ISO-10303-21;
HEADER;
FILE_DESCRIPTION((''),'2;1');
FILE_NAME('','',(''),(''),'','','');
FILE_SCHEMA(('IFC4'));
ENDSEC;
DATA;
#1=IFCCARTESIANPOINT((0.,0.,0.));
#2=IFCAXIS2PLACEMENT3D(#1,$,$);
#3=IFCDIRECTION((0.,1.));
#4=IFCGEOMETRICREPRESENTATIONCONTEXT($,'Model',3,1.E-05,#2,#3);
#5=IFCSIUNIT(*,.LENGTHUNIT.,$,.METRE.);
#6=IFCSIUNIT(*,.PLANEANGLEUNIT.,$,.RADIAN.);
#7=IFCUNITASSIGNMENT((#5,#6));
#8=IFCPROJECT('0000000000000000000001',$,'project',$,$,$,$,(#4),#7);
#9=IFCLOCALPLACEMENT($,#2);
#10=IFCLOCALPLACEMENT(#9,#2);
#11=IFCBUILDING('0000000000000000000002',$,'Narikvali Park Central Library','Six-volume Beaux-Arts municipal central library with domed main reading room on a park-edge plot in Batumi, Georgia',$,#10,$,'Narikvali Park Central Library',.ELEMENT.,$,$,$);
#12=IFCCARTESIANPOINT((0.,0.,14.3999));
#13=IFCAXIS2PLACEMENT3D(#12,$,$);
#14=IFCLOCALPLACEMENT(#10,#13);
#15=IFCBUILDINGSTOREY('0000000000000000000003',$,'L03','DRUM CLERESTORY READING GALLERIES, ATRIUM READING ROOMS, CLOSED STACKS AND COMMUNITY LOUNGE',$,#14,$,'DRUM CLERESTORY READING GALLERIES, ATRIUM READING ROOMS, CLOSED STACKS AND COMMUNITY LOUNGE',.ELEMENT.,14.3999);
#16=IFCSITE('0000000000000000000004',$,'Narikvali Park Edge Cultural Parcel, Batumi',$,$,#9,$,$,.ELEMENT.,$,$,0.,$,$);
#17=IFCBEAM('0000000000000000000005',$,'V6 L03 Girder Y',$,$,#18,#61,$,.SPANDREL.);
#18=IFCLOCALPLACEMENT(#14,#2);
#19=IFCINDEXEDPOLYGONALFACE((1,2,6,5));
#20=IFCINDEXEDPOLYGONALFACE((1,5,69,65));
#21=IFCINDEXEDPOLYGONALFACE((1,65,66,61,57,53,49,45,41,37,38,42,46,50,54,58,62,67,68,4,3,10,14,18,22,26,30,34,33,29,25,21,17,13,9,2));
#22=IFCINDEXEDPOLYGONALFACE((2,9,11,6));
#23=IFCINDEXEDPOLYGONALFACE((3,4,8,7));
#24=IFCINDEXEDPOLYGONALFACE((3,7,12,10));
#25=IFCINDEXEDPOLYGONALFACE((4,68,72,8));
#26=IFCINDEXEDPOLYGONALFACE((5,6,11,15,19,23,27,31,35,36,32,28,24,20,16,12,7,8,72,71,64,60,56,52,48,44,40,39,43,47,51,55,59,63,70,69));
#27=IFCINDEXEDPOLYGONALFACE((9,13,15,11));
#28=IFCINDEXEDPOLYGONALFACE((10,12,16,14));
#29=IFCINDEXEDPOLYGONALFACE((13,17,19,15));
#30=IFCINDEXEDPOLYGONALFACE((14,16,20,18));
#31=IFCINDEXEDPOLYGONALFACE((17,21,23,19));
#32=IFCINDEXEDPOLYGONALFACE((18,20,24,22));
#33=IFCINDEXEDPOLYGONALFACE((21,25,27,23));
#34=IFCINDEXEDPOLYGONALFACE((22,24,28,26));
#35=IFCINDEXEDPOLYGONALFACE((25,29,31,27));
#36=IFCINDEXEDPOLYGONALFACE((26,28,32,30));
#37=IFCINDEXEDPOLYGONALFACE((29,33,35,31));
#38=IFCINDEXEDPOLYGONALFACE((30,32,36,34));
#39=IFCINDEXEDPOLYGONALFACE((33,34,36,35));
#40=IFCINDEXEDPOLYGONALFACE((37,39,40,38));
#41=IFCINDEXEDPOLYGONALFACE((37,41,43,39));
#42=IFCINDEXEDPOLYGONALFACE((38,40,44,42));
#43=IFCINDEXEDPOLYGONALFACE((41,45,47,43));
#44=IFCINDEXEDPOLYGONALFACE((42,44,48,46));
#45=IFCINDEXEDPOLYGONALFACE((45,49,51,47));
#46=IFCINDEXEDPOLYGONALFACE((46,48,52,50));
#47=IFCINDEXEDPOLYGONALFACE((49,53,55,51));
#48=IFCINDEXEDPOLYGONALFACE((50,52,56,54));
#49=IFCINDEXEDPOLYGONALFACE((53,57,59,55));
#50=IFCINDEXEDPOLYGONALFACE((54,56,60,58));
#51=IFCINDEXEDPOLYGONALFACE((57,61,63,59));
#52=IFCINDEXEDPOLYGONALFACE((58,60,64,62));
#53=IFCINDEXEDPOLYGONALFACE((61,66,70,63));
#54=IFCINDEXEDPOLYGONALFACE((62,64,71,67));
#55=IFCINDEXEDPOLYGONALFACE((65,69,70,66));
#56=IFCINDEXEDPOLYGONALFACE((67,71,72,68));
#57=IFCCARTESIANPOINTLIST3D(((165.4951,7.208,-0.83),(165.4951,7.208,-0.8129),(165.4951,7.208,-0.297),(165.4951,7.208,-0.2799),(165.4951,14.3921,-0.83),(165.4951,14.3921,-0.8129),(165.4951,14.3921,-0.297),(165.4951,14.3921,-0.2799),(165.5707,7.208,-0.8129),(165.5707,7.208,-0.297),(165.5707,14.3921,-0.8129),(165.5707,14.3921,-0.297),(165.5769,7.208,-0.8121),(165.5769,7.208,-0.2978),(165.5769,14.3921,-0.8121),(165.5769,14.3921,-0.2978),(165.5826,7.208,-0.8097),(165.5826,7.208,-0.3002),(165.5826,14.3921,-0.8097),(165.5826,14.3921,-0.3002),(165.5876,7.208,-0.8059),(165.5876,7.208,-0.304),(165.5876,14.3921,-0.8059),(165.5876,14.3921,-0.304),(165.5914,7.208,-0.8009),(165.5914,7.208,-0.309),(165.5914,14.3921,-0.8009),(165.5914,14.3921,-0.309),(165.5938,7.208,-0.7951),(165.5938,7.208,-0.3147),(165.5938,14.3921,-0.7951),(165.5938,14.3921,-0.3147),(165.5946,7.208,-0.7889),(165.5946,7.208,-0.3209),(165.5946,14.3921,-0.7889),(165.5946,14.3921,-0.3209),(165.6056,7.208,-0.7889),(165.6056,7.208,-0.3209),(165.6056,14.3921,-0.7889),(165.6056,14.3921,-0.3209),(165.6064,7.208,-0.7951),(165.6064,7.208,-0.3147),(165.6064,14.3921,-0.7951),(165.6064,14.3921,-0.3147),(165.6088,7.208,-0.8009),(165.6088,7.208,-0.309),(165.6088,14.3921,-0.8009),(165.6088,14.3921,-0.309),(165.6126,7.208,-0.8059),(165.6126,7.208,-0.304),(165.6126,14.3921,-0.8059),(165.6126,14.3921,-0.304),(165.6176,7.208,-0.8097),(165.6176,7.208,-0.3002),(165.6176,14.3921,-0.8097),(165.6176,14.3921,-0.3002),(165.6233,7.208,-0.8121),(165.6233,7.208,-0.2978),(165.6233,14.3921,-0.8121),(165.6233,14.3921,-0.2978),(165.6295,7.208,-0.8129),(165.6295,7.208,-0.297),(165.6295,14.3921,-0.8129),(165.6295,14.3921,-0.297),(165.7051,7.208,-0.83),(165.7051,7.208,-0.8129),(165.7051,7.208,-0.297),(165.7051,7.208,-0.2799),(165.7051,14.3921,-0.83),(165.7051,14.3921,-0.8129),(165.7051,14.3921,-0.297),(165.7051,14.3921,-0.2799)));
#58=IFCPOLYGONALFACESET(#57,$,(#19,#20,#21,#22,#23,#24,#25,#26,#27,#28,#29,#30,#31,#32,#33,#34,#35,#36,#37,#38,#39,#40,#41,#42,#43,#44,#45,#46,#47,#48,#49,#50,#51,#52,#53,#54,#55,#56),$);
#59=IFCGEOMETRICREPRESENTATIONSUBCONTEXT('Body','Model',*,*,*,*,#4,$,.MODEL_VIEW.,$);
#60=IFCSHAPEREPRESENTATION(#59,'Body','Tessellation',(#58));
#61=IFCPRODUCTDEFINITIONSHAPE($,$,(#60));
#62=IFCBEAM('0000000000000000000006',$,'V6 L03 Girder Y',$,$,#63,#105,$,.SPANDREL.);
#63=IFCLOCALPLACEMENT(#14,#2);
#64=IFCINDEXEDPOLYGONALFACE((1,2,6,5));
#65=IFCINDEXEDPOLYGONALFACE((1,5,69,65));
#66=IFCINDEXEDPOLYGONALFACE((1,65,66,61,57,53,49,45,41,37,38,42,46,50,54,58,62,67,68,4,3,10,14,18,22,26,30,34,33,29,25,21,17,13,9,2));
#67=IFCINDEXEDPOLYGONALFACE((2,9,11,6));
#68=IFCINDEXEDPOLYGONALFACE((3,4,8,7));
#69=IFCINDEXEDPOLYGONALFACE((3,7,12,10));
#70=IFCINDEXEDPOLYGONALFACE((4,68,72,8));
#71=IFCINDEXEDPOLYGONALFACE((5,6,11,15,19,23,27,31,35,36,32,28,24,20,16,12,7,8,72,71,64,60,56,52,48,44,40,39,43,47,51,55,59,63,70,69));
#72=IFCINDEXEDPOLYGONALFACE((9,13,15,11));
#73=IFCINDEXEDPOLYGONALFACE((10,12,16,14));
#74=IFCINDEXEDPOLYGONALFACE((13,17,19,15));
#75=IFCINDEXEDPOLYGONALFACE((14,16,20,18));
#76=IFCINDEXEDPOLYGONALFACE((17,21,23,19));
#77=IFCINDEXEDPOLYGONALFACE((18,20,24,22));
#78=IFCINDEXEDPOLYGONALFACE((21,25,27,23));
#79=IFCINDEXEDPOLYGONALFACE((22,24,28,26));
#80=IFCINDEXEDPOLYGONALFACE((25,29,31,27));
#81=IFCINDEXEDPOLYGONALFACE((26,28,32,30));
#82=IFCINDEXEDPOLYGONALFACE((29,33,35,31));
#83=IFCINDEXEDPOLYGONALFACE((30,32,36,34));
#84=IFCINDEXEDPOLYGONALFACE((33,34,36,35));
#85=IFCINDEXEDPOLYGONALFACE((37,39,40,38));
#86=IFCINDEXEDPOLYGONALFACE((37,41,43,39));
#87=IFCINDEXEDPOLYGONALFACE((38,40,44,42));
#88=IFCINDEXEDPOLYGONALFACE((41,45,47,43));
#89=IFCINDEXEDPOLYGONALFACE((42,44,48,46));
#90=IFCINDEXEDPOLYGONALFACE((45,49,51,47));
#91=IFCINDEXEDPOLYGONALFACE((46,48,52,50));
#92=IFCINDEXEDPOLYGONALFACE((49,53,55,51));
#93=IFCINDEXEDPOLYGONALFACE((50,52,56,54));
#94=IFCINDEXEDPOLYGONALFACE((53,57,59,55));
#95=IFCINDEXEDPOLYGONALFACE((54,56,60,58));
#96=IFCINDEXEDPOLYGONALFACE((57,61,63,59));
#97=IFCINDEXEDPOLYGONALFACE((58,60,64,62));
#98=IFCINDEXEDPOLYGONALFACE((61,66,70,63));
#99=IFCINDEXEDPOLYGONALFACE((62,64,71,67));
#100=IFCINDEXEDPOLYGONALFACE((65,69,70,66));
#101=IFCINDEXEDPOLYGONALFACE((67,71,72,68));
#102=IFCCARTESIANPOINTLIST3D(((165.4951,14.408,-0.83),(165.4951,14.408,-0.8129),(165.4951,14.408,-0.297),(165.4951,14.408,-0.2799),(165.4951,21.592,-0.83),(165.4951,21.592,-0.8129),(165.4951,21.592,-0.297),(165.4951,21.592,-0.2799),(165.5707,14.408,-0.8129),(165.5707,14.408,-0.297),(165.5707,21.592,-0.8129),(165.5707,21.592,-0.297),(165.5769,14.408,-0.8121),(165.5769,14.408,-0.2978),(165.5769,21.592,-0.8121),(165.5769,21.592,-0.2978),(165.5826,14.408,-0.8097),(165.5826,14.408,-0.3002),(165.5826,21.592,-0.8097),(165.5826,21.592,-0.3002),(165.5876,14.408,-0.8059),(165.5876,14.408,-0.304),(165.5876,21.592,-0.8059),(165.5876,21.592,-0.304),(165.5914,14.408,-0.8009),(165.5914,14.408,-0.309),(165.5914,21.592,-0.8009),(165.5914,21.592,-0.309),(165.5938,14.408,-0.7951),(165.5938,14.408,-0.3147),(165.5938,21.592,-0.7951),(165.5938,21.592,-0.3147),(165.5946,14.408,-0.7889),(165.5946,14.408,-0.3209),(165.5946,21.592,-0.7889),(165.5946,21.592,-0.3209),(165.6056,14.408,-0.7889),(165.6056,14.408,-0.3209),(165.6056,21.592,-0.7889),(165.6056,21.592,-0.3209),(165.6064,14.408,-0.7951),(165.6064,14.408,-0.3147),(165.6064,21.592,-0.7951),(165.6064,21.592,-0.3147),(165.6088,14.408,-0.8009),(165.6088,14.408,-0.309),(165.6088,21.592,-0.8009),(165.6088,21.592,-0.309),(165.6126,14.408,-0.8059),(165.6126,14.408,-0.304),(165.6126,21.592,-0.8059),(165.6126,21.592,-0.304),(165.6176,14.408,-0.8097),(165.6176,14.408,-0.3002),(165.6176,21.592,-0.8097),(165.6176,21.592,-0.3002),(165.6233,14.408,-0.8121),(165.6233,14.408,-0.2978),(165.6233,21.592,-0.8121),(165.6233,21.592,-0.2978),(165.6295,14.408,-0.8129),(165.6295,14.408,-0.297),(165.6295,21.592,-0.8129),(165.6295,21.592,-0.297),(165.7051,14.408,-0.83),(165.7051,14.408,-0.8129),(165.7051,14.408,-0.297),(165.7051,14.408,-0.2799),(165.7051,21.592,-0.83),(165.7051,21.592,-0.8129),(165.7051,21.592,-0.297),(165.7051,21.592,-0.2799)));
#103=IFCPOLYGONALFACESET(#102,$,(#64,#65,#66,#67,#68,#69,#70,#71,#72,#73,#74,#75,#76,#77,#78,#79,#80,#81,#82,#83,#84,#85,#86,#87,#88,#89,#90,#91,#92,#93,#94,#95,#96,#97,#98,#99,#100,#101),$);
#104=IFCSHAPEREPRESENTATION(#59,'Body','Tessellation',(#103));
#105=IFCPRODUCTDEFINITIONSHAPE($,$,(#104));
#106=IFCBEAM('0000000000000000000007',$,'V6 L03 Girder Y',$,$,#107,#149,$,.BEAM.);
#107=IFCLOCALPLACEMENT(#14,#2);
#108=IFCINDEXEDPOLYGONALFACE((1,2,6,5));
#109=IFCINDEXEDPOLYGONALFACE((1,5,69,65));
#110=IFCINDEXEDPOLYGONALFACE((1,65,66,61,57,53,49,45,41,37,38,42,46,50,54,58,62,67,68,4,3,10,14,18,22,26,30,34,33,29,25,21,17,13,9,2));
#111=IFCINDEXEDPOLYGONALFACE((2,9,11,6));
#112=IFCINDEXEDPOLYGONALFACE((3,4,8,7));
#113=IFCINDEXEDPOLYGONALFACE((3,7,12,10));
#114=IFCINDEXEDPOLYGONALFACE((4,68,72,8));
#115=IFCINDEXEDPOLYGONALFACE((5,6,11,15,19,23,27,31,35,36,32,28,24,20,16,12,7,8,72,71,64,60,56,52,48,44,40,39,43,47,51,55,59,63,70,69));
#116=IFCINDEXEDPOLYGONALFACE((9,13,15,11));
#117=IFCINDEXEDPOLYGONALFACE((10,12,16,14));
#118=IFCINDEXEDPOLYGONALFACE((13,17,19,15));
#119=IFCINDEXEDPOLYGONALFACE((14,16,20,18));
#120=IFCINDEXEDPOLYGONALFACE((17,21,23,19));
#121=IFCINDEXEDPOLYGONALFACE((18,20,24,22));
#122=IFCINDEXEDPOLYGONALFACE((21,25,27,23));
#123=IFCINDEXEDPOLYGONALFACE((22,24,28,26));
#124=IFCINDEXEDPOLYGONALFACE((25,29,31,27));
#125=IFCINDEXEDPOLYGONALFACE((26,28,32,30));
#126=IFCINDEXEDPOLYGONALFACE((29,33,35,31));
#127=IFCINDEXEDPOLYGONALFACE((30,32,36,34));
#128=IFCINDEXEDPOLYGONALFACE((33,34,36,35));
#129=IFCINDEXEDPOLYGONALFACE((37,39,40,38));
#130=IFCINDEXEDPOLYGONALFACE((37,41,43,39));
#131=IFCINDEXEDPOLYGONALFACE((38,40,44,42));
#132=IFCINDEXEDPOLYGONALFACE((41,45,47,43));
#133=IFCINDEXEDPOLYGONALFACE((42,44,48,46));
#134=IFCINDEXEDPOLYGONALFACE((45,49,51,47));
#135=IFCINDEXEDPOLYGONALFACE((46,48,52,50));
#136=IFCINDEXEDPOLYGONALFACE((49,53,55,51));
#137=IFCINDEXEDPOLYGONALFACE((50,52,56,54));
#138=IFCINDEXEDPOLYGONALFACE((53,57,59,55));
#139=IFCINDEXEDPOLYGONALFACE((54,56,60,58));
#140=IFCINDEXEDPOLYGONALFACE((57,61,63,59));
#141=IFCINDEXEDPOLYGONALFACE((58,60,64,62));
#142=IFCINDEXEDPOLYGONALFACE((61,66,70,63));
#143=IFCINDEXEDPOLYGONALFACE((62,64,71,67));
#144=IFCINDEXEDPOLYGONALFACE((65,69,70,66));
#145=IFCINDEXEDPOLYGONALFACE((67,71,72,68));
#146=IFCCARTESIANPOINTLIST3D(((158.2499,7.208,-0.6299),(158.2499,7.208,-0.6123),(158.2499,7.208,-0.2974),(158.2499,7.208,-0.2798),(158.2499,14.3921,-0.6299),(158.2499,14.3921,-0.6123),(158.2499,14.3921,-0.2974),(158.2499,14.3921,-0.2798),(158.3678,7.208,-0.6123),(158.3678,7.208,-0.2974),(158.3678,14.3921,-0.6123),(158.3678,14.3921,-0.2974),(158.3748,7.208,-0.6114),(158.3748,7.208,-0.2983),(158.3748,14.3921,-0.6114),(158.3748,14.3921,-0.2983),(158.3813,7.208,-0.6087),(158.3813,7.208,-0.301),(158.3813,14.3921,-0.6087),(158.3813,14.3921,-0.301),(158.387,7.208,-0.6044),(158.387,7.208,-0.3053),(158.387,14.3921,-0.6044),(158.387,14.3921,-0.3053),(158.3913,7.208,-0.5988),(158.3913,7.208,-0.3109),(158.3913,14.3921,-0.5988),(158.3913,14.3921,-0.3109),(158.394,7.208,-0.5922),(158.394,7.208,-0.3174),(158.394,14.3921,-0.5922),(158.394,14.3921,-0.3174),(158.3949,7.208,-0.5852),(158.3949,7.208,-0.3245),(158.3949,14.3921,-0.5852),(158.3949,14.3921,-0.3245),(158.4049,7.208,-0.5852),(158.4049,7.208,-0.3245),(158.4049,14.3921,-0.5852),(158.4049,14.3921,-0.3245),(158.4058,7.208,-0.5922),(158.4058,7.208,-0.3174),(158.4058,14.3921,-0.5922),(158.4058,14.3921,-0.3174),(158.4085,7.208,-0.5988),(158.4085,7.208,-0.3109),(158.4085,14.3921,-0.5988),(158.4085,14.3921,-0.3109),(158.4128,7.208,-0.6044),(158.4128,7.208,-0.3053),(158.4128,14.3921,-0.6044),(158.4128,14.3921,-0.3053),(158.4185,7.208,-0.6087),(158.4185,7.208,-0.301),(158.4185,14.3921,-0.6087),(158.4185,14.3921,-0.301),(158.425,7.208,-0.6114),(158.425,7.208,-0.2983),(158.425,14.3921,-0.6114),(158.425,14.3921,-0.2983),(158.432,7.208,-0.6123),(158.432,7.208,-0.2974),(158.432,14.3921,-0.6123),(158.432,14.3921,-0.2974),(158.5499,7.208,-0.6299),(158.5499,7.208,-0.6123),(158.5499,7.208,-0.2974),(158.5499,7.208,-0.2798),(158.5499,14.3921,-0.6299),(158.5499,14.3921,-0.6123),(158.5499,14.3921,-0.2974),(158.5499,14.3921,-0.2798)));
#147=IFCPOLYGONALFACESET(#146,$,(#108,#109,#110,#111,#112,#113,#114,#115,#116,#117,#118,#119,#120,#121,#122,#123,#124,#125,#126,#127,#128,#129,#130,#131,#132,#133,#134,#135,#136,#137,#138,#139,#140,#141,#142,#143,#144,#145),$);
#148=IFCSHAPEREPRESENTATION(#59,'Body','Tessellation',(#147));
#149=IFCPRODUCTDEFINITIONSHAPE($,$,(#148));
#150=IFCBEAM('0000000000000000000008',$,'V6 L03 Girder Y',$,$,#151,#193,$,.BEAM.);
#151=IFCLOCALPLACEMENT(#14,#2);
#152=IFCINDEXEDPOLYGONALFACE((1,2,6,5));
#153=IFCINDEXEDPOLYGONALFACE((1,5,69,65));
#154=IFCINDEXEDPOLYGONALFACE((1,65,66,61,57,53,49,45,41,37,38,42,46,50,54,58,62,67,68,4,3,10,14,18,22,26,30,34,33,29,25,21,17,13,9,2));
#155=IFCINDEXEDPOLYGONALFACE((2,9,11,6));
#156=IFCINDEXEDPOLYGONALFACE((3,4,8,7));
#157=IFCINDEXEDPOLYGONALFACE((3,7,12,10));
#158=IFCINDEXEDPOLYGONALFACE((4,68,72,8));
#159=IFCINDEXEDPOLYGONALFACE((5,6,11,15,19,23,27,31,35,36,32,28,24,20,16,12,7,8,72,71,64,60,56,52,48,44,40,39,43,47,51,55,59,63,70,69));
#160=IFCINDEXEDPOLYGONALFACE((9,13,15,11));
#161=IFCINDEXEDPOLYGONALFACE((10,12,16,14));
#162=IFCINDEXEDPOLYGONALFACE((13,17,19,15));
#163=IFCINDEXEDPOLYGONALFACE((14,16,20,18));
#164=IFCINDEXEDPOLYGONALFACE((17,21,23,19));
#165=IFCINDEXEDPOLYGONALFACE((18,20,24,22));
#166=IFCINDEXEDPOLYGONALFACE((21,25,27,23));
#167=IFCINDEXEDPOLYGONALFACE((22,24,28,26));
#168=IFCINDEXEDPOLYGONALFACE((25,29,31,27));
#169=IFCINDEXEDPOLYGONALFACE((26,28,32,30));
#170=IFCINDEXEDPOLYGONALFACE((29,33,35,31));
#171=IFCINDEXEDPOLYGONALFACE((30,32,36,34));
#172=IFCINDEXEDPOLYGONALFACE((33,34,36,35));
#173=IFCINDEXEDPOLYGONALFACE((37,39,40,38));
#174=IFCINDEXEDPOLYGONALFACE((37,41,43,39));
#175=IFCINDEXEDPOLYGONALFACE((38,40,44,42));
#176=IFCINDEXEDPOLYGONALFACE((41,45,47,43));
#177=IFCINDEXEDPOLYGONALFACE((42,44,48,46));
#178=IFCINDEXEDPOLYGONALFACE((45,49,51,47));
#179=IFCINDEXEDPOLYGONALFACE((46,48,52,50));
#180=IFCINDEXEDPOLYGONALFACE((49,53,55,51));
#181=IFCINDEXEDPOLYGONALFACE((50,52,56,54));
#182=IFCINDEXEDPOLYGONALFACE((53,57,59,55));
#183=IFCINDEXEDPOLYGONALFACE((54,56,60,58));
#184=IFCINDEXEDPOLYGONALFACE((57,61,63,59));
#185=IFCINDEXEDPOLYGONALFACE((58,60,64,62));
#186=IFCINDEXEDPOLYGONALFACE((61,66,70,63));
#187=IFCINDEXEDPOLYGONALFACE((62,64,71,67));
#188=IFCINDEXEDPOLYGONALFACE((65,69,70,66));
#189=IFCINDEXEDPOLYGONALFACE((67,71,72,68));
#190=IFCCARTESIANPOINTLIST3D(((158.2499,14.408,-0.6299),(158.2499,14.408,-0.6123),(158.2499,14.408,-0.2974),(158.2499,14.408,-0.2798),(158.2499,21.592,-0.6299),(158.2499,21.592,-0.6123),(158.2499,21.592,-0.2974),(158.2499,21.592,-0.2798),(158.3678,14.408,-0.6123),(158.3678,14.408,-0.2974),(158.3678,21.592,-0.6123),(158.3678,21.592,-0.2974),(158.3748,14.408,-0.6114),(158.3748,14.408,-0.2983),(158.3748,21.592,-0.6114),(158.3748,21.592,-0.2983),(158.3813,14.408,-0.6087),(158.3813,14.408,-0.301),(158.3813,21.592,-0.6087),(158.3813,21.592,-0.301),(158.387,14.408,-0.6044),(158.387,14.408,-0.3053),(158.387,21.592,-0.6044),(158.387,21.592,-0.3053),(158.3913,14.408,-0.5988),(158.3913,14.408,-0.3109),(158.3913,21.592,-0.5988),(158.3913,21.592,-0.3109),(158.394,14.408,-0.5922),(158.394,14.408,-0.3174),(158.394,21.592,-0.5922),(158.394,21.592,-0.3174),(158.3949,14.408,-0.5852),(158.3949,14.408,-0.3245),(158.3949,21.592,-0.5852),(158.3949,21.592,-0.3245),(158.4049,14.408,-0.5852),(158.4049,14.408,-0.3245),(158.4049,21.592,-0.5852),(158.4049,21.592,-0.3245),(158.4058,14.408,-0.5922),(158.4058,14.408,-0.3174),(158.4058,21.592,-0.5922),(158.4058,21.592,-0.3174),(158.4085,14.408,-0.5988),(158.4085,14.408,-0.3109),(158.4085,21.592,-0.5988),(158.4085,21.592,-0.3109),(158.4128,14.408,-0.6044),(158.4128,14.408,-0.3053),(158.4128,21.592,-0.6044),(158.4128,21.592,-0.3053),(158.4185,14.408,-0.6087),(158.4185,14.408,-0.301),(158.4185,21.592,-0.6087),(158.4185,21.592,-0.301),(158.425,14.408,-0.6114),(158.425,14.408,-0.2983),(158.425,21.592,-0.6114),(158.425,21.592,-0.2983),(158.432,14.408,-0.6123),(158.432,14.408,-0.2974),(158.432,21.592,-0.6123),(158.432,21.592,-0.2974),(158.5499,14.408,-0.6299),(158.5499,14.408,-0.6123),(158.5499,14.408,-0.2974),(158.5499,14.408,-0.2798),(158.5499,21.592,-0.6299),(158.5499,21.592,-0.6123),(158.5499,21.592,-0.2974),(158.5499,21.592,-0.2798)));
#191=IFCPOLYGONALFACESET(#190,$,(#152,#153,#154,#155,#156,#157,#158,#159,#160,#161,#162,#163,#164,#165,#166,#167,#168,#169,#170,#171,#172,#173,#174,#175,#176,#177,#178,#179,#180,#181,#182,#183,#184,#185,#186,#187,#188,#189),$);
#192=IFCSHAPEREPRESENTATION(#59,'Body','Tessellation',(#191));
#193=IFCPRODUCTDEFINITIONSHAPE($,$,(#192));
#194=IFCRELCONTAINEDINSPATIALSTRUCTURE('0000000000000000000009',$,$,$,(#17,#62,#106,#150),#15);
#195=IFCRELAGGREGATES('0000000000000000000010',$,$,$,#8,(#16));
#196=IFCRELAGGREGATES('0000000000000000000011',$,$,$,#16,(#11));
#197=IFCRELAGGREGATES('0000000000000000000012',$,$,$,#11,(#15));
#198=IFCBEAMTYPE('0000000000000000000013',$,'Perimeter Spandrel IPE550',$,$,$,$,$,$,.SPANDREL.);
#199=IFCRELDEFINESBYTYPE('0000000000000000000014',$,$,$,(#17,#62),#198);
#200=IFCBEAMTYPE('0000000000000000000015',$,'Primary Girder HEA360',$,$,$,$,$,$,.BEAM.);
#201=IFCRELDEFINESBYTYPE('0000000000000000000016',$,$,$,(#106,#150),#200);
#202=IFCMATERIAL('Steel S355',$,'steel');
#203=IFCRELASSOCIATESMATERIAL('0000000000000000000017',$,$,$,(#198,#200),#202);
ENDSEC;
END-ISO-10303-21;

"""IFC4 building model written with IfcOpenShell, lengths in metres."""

from ifc_helpers import new_model, si_unit, direction, frame, origin, origin_2d, place, context, subcontext, project, spatial, i_section, extrude, material, material_profile, profile_set, type_object, element, save


model = new_model("IFC4")

# Units and contexts
model_context = context("Model", 3, precision=1e-05, world=origin(), true_north=direction((0.0, 1.0)))
body_context = subcontext(model_context, "Body", "Model", "MODEL_VIEW")
ifc_project = project(units=[si_unit("LENGTHUNIT", "METRE"), si_unit("PLANEANGLEUNIT", "RADIAN")], contexts=[model_context])

# Site, building, storey
site_placement = place(None, origin())
site = spatial("IfcSite", under=ifc_project, at=site_placement, Name="Narikvali Park Edge Cultural Parcel, Batumi", CompositionType="ELEMENT", RefElevation=0.0)
building_placement = place(site_placement, origin())
building = spatial("IfcBuilding", under=site, at=building_placement, Name="Narikvali Park Central Library", Description="Six-volume Beaux-Arts municipal central library with domed main reading room on a park-edge plot in Batumi, Georgia", LongName="Narikvali Park Central Library", CompositionType="ELEMENT")
storey_placement = place(building_placement, frame((0.0, 0.0, 14.3999)))
storey = spatial("IfcBuildingStorey", under=building, at=storey_placement, Name="L03", Description="DRUM CLERESTORY READING GALLERIES, ATRIUM READING ROOMS, CLOSED STACKS AND COMMUNITY LOUNGE", LongName="DRUM CLERESTORY READING GALLERIES, ATRIUM READING ROOMS, CLOSED STACKS AND COMMUNITY LOUNGE", CompositionType="ELEMENT", Elevation=14.3999)

# Shared definitions
ifc_material_1 = material(Name="Steel S355", Category="steel")

# Beams
ifc_material_profile_1 = material_profile(ifc_material_1, i_section(OverallWidth=0.21, OverallDepth=0.55, WebThickness=0.011, FlangeThickness=0.0171, FilletRadius=0.0239, at=origin_2d()), Name="IPE 550")
ifc_profile_set_1 = profile_set([ifc_material_profile_1], Name="Steel S355")
beam_type_1 = type_object("IfcBeamType", Name="Perimeter Spandrel IPE550", PredefinedType="SPANDREL", material=ifc_profile_set_1)
for number, where, z_axis, x_axis, name in (
    (1, (165.6001, 7.208, -0.5549), (0.0, 1.0, 0.0), (-1.0, 0.0, 0.0), "V6 L03 Girder Y"),
    (2, (165.6001, 14.408, -0.5549), (0.0, 1.0, 0.0), (-1.0, 0.0, 0.0), "V6 L03 Girder Y"),
):
    element("IfcBeam", number, at=place(storey_placement, frame(where, z_axis=z_axis, x_axis=x_axis)), inside=storey, type_object=beam_type_1, Name=name, PredefinedType="SPANDREL", context=body_context, shape_type="SweptSolid", body=[
        extrude(i_section(OverallWidth=0.21, OverallDepth=0.55, WebThickness=0.011, FlangeThickness=0.0171, FilletRadius=0.0239, at=origin_2d()), origin(), (0.0, 0.0, 1.0), 7.1841),
    ])
ifc_material_profile_2 = material_profile(ifc_material_1, i_section(OverallWidth=0.3, OverallDepth=0.3501, WebThickness=0.01, FlangeThickness=0.0176, FilletRadius=0.0271, at=origin_2d()), Name="HEA 360")
ifc_profile_set_2 = profile_set([ifc_material_profile_2], Name="Steel S355")
beam_type_2 = type_object("IfcBeamType", Name="Primary Girder HEA360", PredefinedType="BEAM", material=ifc_profile_set_2)
for number, where, z_axis, x_axis, name in (
    (3, (158.3999, 7.208, -0.4548), (0.0, 1.0, 0.0), (-1.0, 0.0, 0.0), "V6 L03 Girder Y"),
    (4, (158.3999, 14.408, -0.4548), (0.0, 1.0, 0.0), (-1.0, 0.0, 0.0), "V6 L03 Girder Y"),
):
    element("IfcBeam", number, at=place(storey_placement, frame(where, z_axis=z_axis, x_axis=x_axis)), inside=storey, type_object=beam_type_2, Name=name, PredefinedType="BEAM", context=body_context, shape_type="SweptSolid", body=[
        extrude(i_section(OverallWidth=0.3, OverallDepth=0.3501, WebThickness=0.01, FlangeThickness=0.0176, FilletRadius=0.0271, at=origin_2d()), origin(), (0.0, 0.0, 1.0), 7.1841),
    ])

save(model, "model.ifc")
